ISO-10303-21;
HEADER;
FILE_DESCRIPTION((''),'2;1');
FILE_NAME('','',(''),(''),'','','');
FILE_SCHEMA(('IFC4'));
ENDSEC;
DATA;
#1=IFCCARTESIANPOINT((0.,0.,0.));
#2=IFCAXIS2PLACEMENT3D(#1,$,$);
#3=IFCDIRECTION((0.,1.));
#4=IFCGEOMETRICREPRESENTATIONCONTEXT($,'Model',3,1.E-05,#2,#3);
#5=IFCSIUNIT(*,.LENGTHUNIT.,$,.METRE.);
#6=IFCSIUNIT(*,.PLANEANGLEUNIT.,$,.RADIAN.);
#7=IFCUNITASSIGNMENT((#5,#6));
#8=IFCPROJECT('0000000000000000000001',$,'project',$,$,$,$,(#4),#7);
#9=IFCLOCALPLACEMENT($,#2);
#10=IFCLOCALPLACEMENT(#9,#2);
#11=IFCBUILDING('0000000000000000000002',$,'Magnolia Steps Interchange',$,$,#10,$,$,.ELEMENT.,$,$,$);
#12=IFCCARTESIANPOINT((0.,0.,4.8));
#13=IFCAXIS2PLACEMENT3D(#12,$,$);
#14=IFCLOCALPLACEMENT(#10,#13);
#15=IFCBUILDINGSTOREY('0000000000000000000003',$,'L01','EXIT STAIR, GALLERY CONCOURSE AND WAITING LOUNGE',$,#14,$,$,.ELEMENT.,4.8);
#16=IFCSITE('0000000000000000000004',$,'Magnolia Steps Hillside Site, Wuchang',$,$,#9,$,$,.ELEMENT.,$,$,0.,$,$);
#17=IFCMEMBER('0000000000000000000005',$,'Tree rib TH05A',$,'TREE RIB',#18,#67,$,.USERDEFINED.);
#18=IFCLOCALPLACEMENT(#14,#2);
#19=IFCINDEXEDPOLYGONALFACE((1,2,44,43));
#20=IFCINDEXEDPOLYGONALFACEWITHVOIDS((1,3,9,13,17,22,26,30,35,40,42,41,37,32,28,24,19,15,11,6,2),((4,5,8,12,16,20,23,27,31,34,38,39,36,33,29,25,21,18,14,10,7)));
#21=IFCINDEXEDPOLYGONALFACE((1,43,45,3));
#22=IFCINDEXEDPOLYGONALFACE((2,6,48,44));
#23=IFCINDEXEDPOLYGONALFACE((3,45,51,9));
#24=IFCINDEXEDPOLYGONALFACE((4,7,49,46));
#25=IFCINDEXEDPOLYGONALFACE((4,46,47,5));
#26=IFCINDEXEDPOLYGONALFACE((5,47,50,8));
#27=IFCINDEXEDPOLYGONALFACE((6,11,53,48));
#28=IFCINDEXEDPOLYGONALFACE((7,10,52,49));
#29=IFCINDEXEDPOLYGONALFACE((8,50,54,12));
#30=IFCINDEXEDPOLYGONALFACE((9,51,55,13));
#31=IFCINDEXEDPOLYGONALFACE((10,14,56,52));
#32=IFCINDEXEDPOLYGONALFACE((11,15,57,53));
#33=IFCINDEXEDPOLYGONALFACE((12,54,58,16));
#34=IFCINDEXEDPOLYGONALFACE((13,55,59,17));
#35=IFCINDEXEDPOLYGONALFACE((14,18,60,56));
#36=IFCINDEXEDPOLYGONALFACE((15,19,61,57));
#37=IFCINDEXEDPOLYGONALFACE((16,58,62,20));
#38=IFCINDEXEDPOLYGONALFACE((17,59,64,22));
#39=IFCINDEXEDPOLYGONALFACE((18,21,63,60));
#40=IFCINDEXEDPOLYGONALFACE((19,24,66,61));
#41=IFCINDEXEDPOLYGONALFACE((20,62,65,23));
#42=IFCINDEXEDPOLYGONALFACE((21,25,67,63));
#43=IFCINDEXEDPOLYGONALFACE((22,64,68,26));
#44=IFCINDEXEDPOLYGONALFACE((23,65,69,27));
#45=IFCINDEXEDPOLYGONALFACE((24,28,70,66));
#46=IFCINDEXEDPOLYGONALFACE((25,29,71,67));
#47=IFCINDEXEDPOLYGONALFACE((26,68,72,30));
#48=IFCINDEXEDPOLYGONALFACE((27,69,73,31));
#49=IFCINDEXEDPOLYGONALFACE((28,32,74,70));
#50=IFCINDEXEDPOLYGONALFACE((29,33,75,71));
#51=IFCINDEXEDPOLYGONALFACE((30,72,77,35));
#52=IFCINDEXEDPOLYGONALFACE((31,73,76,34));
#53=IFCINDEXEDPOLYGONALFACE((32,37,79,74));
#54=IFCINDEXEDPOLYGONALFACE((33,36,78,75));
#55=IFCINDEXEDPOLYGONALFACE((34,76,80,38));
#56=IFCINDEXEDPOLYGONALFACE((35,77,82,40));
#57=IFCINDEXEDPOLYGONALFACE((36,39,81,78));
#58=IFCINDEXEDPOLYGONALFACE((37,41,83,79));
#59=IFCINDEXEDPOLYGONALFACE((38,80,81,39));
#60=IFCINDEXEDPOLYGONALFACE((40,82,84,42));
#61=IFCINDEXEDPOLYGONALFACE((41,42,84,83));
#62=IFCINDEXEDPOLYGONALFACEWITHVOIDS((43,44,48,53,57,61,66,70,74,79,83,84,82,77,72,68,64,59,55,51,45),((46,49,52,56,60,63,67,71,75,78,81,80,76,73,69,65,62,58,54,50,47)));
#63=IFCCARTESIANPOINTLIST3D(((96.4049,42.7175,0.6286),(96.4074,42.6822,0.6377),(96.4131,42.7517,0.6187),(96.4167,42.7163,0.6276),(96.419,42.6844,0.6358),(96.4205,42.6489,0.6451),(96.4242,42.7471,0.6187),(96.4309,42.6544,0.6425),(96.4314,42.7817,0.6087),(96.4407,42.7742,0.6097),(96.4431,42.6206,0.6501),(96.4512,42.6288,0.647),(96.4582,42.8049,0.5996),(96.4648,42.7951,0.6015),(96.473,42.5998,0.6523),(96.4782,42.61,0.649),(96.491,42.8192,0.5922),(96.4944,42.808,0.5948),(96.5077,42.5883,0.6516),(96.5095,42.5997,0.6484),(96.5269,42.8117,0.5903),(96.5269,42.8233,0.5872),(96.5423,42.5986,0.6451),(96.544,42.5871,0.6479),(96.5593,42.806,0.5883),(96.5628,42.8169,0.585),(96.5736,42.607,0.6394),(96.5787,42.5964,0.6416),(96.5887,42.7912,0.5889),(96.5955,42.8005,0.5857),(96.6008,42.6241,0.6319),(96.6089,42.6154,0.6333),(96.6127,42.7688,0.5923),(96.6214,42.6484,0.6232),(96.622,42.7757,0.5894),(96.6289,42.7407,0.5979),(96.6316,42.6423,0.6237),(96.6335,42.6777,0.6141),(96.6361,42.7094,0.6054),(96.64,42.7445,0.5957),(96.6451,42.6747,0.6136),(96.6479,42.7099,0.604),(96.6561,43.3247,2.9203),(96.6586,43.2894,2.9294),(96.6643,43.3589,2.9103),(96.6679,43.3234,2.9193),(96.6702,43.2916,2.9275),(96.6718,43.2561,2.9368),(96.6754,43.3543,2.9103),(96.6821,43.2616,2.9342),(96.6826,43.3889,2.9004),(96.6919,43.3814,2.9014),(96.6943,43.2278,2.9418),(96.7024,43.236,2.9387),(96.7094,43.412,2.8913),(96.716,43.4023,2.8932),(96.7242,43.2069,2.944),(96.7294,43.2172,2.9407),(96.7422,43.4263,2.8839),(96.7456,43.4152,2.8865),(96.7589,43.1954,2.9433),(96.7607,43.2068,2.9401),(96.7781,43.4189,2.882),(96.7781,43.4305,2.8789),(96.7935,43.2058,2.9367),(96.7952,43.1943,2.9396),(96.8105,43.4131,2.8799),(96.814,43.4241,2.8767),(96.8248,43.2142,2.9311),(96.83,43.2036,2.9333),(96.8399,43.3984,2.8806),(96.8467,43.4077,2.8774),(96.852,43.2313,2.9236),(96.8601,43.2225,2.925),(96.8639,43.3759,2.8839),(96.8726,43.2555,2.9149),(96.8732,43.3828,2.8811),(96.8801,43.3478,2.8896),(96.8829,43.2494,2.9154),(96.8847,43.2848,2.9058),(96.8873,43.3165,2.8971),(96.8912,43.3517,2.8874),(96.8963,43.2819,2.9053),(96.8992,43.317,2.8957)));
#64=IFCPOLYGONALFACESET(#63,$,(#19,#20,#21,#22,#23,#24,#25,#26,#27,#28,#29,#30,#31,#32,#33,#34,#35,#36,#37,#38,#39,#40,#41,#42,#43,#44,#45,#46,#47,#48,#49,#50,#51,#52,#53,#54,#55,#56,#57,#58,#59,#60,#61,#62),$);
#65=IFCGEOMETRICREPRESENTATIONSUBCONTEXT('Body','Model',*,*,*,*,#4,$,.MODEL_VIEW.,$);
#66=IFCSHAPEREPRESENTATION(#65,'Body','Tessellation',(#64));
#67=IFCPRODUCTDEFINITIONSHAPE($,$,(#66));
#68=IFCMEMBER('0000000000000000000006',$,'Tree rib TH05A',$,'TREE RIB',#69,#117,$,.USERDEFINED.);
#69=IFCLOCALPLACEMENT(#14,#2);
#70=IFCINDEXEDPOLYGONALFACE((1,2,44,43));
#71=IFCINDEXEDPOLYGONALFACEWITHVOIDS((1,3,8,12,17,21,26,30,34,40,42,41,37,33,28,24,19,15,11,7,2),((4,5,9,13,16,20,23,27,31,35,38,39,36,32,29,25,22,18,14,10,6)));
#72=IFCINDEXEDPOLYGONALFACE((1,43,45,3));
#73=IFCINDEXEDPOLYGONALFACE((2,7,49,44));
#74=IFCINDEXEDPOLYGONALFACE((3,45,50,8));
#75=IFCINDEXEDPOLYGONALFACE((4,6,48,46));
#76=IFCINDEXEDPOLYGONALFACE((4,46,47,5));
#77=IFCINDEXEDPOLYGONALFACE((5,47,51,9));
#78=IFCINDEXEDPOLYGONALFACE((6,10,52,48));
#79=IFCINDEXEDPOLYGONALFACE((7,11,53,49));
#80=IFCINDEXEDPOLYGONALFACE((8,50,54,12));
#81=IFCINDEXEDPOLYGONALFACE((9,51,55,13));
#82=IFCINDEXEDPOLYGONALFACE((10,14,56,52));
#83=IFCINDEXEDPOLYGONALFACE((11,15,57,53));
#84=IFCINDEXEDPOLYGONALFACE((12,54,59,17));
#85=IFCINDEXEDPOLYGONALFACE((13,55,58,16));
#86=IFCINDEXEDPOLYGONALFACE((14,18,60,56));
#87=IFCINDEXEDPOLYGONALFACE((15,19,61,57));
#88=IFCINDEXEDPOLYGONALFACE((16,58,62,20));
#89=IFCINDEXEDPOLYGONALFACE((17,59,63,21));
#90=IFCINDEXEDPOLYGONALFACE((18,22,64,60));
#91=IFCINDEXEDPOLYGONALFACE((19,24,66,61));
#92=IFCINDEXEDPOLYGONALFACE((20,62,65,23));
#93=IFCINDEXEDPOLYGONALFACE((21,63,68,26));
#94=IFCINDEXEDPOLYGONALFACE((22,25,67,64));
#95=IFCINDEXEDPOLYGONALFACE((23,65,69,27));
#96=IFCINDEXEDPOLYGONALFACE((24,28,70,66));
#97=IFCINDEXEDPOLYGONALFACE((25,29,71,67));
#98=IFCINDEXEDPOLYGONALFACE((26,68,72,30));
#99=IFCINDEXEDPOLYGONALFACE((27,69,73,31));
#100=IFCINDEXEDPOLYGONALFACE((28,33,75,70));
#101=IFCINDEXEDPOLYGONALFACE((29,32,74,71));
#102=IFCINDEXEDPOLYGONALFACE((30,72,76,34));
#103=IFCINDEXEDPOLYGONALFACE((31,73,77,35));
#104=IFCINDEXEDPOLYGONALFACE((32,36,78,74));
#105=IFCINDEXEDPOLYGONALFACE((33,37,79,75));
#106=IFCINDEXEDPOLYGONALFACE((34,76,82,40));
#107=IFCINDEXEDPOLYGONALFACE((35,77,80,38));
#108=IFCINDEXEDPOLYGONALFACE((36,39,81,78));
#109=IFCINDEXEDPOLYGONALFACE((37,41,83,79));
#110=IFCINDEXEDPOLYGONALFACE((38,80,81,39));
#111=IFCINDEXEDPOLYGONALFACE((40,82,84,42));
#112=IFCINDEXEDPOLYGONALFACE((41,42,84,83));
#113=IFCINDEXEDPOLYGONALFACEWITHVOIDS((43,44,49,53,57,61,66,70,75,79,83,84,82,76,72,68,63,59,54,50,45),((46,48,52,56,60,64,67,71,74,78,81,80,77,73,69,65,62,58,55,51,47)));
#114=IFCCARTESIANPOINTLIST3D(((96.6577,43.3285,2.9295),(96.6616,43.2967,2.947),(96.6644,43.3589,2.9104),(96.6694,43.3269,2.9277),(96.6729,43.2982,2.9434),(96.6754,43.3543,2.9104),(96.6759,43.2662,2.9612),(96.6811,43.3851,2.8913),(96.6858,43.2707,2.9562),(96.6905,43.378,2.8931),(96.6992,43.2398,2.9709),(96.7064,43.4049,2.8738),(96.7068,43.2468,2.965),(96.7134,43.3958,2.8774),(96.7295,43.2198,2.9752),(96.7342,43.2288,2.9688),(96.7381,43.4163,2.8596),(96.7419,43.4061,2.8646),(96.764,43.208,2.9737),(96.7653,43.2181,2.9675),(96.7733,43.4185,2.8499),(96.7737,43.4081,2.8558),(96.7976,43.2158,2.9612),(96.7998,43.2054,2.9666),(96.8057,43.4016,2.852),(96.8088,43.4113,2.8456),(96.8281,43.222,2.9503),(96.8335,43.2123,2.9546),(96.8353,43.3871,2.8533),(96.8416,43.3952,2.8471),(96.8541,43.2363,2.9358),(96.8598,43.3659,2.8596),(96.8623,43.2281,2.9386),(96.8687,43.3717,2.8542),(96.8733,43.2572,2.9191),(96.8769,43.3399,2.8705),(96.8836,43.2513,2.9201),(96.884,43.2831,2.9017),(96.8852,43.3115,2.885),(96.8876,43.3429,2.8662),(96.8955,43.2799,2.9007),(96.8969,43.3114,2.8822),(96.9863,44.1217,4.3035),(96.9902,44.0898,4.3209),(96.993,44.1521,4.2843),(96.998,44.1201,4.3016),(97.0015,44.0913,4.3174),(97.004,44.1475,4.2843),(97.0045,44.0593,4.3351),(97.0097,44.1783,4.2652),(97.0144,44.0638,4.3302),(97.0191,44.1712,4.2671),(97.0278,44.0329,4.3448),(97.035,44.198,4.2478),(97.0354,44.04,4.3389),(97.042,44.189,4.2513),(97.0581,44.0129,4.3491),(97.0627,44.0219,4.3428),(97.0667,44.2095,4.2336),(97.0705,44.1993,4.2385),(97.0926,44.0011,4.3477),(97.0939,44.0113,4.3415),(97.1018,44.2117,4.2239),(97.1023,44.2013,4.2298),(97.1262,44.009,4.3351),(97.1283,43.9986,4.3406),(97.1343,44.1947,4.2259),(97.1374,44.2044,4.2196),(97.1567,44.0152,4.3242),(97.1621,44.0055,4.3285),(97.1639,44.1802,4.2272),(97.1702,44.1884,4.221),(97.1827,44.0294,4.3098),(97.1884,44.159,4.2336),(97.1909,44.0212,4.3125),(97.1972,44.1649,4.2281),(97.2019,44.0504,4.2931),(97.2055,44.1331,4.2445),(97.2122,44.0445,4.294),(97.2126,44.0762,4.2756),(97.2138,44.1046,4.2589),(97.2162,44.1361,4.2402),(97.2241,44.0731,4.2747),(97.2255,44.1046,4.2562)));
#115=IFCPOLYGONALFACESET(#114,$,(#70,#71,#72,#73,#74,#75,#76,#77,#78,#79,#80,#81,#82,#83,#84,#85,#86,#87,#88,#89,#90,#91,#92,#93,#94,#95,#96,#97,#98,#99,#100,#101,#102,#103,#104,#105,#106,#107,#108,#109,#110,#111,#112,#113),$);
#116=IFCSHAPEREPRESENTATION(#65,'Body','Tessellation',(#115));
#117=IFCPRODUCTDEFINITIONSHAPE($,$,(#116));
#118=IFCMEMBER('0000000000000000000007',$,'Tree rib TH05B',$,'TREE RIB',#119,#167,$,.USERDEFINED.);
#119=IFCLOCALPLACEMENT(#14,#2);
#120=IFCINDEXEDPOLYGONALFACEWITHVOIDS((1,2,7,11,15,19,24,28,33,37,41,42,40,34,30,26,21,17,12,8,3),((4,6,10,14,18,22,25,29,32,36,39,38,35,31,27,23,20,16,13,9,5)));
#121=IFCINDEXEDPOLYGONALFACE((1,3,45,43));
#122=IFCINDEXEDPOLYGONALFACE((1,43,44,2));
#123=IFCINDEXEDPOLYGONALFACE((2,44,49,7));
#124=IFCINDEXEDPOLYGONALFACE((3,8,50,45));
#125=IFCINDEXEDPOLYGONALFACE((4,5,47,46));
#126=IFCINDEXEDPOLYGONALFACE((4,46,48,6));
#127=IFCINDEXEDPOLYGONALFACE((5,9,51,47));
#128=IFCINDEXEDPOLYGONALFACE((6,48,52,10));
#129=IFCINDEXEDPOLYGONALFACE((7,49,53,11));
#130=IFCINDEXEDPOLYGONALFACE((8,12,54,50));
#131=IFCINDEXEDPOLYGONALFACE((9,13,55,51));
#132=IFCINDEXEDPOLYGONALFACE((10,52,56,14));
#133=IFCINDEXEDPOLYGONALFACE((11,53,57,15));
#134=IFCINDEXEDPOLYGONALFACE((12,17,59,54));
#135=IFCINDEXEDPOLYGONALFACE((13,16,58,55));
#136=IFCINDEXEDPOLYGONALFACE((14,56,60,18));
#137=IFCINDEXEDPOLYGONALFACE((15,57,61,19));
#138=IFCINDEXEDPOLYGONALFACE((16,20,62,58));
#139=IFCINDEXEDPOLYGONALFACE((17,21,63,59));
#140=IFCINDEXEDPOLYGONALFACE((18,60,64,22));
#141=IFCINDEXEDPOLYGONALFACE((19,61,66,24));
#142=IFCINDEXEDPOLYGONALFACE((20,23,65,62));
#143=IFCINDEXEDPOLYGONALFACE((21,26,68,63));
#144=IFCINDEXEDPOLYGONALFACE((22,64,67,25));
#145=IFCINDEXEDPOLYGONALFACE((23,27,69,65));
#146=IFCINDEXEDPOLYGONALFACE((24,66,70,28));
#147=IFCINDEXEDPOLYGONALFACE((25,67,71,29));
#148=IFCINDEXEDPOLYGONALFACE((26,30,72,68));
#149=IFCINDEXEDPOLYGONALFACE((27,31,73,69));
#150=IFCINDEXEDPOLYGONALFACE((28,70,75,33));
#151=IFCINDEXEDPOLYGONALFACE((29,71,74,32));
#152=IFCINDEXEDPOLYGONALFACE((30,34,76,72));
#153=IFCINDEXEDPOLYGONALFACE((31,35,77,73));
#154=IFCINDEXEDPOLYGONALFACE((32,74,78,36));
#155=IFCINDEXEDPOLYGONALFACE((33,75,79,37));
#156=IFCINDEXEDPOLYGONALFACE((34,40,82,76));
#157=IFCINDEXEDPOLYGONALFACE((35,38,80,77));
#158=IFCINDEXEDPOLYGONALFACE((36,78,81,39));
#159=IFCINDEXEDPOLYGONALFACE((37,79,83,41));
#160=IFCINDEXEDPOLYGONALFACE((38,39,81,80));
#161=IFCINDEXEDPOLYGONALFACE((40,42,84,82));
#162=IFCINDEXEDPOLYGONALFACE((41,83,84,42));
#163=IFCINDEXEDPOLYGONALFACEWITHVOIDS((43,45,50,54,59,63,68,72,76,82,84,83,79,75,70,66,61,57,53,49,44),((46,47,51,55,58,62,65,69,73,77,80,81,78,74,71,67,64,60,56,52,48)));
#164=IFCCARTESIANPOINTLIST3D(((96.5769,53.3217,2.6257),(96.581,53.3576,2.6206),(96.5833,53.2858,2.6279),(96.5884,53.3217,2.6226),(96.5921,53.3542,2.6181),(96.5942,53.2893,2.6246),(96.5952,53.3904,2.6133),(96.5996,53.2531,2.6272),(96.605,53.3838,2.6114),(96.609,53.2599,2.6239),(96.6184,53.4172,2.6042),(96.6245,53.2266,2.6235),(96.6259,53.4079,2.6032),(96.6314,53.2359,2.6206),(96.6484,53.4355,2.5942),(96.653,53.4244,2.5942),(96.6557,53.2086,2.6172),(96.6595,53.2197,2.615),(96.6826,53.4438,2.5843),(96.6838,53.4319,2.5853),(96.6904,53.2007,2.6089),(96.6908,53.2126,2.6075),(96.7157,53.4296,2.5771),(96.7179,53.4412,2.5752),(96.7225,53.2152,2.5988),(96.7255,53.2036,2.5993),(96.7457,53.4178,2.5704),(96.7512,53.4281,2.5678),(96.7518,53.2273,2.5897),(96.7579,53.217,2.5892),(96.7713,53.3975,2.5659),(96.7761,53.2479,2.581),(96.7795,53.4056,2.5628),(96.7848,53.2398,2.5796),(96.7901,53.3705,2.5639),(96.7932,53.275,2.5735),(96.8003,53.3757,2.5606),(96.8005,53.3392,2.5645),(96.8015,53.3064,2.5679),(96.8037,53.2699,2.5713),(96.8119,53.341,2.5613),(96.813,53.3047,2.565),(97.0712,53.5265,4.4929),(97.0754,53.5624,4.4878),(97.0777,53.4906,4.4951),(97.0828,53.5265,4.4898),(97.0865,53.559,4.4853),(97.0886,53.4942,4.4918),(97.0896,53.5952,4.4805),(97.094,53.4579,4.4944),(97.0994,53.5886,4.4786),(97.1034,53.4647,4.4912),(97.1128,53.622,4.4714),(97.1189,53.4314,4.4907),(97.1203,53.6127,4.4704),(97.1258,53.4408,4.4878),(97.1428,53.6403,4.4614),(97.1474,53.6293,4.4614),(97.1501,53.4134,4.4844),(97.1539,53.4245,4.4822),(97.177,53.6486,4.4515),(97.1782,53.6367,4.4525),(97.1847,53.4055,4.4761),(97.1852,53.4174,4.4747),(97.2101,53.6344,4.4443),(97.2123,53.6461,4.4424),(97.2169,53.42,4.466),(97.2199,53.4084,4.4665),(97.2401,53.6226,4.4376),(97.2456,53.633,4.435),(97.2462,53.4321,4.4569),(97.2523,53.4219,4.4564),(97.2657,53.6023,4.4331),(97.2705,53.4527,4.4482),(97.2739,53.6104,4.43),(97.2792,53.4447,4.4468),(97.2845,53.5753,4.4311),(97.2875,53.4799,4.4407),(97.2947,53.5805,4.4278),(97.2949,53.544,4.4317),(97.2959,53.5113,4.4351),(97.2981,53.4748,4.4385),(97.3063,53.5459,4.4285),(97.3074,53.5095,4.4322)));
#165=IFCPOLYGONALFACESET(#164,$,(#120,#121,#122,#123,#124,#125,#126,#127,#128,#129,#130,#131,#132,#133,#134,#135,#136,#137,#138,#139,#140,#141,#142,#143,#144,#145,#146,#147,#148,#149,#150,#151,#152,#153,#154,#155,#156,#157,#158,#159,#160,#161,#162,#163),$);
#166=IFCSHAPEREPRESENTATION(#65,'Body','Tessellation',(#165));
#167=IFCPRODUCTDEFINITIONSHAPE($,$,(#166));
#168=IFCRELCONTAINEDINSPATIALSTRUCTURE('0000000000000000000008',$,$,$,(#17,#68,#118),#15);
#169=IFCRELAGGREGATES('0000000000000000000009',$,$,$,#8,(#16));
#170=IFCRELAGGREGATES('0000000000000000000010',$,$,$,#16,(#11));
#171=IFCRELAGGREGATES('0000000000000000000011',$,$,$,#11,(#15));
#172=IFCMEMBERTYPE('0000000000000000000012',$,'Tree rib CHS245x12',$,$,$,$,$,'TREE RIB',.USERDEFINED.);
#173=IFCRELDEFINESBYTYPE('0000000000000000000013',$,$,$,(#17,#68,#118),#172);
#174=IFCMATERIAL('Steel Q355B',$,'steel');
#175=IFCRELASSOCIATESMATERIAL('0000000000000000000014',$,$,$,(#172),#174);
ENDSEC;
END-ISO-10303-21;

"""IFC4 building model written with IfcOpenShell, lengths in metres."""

from ifc_helpers import new_model, si_unit, direction, frame, origin, origin_2d, place, context, subcontext, project, spatial, hollow_circle, extrude, material, material_profile, profile_set, type_object, element, save


model = new_model("IFC4")

# Units and contexts
model_context = context("Model", 3, precision=1e-05, world=origin(), true_north=direction((0.0, 1.0)))
body_context = subcontext(model_context, "Body", "Model", "MODEL_VIEW")
ifc_project = project(units=[si_unit("LENGTHUNIT", "METRE"), si_unit("PLANEANGLEUNIT", "RADIAN")], contexts=[model_context])

# Site, building, storey
site_placement = place(None, origin())
site = spatial("IfcSite", under=ifc_project, at=site_placement, Name="Magnolia Steps Hillside Site, Wuchang", CompositionType="ELEMENT", RefElevation=0.0)
building_placement = place(site_placement, origin())
building = spatial("IfcBuilding", under=site, at=building_placement, Name="Magnolia Steps Interchange", CompositionType="ELEMENT")
storey_placement = place(building_placement, frame((0.0, 0.0, 4.8)))
storey = spatial("IfcBuildingStorey", under=building, at=storey_placement, Name="L01", Description="EXIT STAIR, GALLERY CONCOURSE AND WAITING LOUNGE", CompositionType="ELEMENT", Elevation=4.8)

# Members
ifc_material_1 = material(Name="Steel Q355B", Category="steel")
ifc_material_profile_1 = material_profile(ifc_material_1, hollow_circle(Radius=0.1226, WallThickness=0.012, at=origin_2d()), Name="CHS245x12")
ifc_profile_set_1 = profile_set([ifc_material_profile_1], Name="Steel Q355B")
member_type_1 = type_object("IfcMemberType", Name="Tree rib CHS245x12", ElementType="TREE RIB", PredefinedType="USERDEFINED", material=ifc_profile_set_1)
member_1_placement = place(storey_placement, frame((96.5264, 42.7048, 0.6187), z_axis=(0.105374, 0.254679, 0.961267), x_axis=(-0.92403, 0.382319, 0.0)))
element("IfcMember", 1, at=member_1_placement, inside=storey, type_object=member_type_1, Name="Tree rib TH05A", ObjectType="TREE RIB", PredefinedType="USERDEFINED", context=body_context, shape_type="SweptSolid", body=[
    extrude(hollow_circle(Radius=0.1226, WallThickness=0.012, at=origin_2d()), origin(), (0.0, 0.0, 1.0), 2.384),
])
member_2_placement = place(storey_placement, frame((96.7776, 43.312, 2.9104), z_axis=(0.20282, 0.489571, 0.848047), x_axis=(-0.923857, 0.382737, 0.0)))
element("IfcMember", 2, at=member_2_placement, inside=storey, type_object=member_type_1, Name="Tree rib TH05A", ObjectType="TREE RIB", PredefinedType="USERDEFINED", context=body_context, shape_type="SweptSolid", body=[
    extrude(hollow_circle(Radius=0.1226, WallThickness=0.012, at=origin_2d()), origin(), (0.0, 0.0, 1.0), 1.6201),
])
for number, where, z_axis, x_axis, name in (
    (3, (96.6953, 53.3223, 2.5942), (0.254528, 0.105456, 0.961298), (-0.382768, 0.923844, 0.0), "Tree rib TH05B"),
):
    element("IfcMember", number, at=place(storey_placement, frame(where, z_axis=z_axis, x_axis=x_axis)), inside=storey, type_object=member_type_1, Name=name, ObjectType="TREE RIB", PredefinedType="USERDEFINED", context=body_context, shape_type="SweptSolid", body=[
        extrude(hollow_circle(Radius=0.1226, WallThickness=0.012, at=origin_2d()), origin(), (0.0, 0.0, 1.0), 1.9424),
    ])

save(model, "model.ifc")
